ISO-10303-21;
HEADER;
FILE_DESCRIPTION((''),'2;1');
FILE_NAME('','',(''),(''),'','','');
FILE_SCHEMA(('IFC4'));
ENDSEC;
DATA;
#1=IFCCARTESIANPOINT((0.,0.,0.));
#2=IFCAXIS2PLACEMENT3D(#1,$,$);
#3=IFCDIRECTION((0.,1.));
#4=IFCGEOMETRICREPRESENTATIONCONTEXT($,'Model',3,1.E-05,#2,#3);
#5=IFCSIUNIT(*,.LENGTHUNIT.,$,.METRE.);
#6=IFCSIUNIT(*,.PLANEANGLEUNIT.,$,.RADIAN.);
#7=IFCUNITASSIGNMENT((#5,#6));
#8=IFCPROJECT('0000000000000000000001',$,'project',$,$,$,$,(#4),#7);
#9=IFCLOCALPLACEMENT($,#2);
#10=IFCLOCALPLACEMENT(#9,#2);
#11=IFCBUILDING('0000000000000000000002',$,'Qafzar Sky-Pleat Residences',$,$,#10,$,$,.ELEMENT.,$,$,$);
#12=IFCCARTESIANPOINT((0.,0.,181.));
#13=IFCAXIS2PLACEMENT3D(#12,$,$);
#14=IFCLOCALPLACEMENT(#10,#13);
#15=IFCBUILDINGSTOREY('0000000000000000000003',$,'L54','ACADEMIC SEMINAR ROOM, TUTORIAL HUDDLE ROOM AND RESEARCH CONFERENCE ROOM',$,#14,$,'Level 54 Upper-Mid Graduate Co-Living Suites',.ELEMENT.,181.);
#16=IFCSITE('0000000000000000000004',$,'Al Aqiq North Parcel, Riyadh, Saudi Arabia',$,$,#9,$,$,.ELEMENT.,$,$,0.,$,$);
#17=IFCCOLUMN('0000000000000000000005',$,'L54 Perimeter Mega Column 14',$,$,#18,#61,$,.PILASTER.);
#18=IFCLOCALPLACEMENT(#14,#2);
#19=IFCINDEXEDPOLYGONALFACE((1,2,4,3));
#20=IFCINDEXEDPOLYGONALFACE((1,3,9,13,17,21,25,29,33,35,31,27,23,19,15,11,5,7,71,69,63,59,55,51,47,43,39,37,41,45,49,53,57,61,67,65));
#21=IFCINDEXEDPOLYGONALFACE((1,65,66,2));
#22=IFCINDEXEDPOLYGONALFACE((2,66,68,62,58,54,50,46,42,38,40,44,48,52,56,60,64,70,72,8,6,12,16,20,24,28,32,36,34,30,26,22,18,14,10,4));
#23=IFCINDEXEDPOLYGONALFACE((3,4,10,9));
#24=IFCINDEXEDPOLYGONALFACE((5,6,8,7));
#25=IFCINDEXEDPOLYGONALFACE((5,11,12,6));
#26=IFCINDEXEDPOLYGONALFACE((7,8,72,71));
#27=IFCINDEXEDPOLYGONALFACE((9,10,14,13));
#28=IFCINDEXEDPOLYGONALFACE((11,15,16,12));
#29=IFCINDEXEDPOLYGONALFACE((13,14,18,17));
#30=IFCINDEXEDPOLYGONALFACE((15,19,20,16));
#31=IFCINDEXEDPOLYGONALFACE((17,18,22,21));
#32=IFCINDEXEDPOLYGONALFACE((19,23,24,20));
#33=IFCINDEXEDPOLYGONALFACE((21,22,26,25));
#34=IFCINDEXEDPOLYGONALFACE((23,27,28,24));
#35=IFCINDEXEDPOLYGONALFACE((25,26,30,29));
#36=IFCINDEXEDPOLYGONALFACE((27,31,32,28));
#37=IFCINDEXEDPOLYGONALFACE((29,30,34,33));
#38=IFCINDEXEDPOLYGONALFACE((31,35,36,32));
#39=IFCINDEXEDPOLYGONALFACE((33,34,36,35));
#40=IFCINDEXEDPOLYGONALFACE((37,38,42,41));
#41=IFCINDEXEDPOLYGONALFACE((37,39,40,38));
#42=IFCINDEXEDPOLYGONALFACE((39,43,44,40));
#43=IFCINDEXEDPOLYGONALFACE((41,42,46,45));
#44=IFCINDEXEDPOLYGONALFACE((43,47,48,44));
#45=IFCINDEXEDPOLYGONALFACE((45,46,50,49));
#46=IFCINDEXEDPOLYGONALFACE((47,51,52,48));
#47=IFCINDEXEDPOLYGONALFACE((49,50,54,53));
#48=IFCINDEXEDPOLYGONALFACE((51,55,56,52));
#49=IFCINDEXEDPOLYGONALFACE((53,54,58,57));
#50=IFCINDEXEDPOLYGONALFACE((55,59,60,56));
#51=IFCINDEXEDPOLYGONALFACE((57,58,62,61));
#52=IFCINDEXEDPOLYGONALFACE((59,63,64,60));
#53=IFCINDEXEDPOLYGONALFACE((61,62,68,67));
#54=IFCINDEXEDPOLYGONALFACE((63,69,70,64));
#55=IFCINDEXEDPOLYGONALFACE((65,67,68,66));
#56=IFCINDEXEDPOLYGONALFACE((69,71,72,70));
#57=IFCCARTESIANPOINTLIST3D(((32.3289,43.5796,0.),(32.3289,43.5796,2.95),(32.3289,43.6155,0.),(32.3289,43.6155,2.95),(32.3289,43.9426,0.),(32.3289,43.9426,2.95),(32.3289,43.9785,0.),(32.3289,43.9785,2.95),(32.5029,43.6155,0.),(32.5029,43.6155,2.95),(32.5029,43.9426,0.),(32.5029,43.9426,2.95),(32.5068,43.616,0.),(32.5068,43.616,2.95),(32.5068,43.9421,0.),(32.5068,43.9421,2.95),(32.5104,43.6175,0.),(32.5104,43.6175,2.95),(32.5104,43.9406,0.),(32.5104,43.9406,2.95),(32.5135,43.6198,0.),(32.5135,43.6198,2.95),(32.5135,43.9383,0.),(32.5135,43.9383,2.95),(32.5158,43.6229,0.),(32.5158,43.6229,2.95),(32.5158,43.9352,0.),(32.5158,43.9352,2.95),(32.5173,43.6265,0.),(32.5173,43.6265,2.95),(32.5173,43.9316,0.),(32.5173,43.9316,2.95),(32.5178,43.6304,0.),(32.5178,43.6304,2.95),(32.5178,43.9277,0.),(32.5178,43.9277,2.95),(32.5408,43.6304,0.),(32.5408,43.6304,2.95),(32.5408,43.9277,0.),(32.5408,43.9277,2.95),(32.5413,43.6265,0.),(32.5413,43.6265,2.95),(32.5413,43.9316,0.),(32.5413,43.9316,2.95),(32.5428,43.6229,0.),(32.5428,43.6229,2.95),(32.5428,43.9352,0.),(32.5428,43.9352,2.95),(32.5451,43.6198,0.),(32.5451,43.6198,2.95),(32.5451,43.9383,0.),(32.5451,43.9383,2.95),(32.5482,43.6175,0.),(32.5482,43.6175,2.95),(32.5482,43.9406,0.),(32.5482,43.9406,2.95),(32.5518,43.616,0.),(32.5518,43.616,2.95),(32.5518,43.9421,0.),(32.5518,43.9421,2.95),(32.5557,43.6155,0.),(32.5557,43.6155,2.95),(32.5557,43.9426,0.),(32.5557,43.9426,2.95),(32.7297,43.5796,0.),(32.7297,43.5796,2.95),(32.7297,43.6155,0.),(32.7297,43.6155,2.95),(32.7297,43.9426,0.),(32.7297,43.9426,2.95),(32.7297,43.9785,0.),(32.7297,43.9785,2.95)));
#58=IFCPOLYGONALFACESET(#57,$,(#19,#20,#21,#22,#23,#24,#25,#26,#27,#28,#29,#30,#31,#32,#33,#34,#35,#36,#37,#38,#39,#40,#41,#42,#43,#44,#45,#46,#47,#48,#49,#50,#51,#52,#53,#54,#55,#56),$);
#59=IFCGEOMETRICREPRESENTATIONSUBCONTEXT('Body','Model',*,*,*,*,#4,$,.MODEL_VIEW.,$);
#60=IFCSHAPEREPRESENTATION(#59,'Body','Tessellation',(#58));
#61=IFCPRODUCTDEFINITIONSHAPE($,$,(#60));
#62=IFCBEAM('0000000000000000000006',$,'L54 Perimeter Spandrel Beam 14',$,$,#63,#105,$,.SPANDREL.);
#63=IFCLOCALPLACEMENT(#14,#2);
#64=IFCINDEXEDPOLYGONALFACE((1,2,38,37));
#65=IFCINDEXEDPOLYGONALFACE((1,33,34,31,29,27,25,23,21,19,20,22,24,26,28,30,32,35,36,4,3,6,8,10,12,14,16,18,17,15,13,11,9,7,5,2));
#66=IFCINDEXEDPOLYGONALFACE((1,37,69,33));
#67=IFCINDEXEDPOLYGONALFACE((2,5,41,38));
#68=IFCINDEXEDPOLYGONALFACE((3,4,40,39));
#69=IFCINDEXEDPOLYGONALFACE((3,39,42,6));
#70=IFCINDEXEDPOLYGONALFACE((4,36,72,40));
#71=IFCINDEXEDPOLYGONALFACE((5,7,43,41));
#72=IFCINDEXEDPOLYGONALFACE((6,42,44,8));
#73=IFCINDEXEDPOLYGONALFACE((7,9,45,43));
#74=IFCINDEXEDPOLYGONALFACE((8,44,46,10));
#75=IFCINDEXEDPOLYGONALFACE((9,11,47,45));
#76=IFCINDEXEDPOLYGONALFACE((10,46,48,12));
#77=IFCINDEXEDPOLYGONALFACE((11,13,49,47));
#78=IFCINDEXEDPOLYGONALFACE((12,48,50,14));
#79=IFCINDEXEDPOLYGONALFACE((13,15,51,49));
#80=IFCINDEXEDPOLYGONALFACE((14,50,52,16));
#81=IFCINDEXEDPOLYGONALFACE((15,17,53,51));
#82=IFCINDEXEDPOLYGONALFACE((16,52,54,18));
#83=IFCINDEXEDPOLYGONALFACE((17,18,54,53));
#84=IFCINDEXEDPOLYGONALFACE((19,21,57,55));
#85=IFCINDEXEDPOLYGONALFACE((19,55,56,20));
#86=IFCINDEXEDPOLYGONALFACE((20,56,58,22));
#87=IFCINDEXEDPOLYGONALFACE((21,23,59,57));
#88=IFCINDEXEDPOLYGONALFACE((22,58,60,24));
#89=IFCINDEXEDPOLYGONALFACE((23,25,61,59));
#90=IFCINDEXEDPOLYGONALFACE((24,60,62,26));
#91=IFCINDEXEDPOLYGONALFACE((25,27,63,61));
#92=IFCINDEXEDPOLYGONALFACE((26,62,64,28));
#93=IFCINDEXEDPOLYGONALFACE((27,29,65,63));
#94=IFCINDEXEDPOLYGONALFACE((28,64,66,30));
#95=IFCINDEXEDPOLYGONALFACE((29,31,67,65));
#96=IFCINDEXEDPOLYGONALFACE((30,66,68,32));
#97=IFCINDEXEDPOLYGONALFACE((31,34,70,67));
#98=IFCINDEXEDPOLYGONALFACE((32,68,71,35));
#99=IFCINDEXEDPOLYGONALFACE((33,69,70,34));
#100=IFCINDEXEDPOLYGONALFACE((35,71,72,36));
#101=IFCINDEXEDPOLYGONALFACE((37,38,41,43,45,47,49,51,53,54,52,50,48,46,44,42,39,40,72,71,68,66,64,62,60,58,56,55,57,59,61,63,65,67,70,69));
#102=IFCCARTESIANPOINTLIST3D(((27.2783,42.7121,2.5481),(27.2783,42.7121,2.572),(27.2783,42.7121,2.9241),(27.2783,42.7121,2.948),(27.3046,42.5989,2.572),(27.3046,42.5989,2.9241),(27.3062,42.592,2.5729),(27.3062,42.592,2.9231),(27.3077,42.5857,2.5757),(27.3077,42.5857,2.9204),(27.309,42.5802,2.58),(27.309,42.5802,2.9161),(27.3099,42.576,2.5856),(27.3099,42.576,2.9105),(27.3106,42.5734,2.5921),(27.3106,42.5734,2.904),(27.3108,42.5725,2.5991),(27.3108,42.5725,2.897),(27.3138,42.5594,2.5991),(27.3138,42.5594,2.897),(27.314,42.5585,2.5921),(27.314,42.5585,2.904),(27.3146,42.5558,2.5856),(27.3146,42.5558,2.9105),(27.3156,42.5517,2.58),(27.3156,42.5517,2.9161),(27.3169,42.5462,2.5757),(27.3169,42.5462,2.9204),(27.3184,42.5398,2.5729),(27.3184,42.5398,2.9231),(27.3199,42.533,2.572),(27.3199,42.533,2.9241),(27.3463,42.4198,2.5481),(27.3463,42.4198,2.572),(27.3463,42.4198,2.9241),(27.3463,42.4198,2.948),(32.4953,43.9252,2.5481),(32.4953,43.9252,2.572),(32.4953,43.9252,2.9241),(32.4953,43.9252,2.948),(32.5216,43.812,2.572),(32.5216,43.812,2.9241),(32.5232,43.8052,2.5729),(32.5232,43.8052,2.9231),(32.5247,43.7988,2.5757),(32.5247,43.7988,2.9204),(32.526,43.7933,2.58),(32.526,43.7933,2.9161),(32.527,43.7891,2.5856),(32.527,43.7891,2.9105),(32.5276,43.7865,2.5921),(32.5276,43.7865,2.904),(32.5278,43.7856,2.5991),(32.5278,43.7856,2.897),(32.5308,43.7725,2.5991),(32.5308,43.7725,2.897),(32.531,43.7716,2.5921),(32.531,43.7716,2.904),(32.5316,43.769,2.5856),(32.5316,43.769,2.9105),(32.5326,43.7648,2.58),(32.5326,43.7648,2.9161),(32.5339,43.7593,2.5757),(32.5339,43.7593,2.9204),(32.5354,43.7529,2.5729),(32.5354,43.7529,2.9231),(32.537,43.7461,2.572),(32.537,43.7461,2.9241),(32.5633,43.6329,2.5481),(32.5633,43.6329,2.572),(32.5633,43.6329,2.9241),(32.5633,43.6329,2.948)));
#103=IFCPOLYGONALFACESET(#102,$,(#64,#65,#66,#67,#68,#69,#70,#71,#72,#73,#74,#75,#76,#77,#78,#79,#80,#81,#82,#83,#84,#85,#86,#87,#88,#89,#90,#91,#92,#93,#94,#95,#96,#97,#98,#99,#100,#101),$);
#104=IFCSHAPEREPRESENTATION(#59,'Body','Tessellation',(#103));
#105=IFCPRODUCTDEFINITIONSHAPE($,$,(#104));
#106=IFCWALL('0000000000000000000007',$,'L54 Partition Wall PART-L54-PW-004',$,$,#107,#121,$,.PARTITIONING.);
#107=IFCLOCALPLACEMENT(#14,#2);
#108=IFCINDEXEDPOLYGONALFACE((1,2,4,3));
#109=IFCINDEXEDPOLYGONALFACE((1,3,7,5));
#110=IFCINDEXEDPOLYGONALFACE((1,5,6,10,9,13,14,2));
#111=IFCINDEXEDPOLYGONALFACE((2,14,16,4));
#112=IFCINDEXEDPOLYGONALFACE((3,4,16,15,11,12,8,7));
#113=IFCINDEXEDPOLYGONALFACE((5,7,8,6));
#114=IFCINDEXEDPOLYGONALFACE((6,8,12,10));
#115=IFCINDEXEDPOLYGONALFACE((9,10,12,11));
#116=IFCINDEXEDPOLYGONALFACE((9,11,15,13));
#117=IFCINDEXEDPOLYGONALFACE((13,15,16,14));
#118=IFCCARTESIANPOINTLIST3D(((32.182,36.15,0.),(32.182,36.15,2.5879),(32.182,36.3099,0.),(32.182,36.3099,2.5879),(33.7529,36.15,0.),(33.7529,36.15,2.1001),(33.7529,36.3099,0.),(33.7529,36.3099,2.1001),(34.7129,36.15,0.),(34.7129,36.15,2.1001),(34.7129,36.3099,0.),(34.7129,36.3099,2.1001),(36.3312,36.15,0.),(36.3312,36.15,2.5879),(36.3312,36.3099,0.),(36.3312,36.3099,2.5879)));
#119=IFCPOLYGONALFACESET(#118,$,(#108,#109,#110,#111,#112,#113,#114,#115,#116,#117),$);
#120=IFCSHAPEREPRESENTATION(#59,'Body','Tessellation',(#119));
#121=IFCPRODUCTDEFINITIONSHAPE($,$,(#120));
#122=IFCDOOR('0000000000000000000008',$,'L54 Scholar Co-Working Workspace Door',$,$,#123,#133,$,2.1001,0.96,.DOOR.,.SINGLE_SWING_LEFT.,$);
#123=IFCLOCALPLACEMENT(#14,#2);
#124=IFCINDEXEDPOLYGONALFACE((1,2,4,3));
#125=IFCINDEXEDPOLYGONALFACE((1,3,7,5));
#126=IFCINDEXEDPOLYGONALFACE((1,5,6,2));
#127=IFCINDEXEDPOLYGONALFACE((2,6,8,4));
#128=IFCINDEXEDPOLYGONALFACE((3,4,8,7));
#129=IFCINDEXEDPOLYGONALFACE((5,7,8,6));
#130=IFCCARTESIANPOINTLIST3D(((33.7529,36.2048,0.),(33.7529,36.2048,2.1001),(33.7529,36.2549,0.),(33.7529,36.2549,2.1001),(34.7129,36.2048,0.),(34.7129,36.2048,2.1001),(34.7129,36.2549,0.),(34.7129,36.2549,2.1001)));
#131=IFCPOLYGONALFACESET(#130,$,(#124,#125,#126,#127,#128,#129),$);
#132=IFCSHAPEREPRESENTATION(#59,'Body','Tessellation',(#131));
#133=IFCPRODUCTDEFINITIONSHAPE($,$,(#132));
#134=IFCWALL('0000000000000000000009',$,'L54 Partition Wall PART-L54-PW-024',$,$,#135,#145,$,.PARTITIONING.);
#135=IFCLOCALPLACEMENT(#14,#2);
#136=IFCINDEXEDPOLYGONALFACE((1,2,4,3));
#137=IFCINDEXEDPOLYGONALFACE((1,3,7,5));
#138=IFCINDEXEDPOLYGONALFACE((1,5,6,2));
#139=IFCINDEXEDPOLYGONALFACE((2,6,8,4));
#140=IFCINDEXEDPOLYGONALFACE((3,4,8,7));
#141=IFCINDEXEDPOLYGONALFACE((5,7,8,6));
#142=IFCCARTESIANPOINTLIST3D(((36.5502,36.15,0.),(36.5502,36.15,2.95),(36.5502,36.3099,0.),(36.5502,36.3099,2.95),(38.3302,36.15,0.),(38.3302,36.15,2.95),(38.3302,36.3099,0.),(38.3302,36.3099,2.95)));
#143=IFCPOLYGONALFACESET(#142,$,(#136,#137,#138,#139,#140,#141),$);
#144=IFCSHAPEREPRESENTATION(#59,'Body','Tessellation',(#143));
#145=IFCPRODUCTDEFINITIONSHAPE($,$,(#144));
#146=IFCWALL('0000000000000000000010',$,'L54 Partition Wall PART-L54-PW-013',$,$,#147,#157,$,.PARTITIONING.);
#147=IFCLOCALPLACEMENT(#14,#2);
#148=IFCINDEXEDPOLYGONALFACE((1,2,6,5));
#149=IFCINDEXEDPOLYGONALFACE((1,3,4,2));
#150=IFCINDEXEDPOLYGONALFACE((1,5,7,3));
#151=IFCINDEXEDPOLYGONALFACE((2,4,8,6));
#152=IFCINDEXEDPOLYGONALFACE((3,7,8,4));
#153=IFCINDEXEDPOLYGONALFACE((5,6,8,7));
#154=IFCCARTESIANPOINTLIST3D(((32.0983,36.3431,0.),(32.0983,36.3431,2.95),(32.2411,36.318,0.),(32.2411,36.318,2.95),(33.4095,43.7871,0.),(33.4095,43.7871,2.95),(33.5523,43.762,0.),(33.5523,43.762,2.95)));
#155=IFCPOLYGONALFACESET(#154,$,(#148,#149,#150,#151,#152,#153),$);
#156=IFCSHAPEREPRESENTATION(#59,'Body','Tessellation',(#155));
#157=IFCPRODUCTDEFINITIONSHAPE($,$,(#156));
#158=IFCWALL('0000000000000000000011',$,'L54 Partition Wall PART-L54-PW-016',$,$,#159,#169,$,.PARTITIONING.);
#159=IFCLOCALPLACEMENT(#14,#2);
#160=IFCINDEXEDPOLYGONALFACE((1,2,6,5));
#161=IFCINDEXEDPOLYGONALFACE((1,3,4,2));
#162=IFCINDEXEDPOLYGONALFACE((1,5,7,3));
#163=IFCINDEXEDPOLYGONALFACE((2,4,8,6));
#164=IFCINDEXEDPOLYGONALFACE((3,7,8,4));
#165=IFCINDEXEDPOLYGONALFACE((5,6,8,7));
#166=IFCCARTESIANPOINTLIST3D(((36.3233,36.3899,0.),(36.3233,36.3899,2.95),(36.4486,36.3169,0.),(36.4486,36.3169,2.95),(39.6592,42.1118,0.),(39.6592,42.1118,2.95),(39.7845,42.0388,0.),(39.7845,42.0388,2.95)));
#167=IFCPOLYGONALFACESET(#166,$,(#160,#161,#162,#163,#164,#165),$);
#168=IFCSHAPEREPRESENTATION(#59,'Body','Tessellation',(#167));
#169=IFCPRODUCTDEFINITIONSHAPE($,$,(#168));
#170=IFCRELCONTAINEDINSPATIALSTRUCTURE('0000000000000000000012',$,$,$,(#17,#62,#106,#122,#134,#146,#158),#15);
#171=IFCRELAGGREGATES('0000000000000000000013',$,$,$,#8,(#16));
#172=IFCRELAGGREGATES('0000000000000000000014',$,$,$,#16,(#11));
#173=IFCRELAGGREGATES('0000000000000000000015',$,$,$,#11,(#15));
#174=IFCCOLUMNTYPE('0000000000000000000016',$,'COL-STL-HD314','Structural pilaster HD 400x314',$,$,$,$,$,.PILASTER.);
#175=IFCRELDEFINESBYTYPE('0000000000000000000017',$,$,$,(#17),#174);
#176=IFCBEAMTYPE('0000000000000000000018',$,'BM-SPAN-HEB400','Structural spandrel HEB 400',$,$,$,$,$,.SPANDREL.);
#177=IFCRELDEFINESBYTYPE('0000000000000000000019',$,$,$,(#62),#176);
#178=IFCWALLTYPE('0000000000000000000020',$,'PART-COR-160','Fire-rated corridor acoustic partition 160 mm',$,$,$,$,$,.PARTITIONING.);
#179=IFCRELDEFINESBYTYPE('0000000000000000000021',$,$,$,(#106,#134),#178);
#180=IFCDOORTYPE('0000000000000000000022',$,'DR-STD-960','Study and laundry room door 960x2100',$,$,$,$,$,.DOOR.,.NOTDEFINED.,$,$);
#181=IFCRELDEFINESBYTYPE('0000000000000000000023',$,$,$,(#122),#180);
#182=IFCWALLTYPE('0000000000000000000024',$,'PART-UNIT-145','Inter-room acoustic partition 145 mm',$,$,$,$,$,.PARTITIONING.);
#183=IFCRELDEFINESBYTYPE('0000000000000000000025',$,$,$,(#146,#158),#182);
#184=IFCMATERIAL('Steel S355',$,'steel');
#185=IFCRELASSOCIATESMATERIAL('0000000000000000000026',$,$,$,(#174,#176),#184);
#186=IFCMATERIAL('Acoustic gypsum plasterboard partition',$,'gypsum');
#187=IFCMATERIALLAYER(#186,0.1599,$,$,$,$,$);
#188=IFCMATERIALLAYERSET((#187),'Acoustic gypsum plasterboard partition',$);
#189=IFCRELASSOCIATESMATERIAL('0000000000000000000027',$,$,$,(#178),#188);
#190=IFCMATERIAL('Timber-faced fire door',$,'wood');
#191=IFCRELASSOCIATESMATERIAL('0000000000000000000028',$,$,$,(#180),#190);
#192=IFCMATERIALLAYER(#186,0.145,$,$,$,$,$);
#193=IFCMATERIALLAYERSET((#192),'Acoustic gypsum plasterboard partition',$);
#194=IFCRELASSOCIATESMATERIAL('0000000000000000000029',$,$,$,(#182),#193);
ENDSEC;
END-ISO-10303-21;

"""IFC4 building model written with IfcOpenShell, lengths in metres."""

from ifc_helpers import new_model, si_unit, direction, frame, frame_2d, origin, origin_2d, place, context, subcontext, project, spatial, rectangle, i_section, extrude, source, transform, mapped, material, layer, layer_set, material_profile, profile_set, type_object, element, fill, save


model = new_model("IFC4")

# Units and contexts
model_context = context("Model", 3, precision=1e-05, world=origin(), true_north=direction((0.0, 1.0)))
body_context = subcontext(model_context, "Body", "Model", "MODEL_VIEW")
ifc_project = project(units=[si_unit("LENGTHUNIT", "METRE"), si_unit("PLANEANGLEUNIT", "RADIAN")], contexts=[model_context])

# Site, building, storey
site_placement = place(None, origin())
site = spatial("IfcSite", under=ifc_project, at=site_placement, Name="Al Aqiq North Parcel, Riyadh, Saudi Arabia", CompositionType="ELEMENT", RefElevation=0.0)
building_placement = place(site_placement, origin())
building = spatial("IfcBuilding", under=site, at=building_placement, Name="Qafzar Sky-Pleat Residences", CompositionType="ELEMENT")
storey_placement = place(building_placement, frame((0.0, 0.0, 181.0)))
storey = spatial("IfcBuildingStorey", under=building, at=storey_placement, Name="L54", Description="ACADEMIC SEMINAR ROOM, TUTORIAL HUDDLE ROOM AND RESEARCH CONFERENCE ROOM", LongName="Level 54 Upper-Mid Graduate Co-Living Suites", CompositionType="ELEMENT", Elevation=181.0)

# Column
ifc_material_1 = material(Name="Steel S355", Category="steel")
ifc_material_profile_1 = material_profile(ifc_material_1, i_section(OverallWidth=0.4009, OverallDepth=0.3989, WebThickness=0.0229, FlangeThickness=0.0359, FilletRadius=0.0149, at=origin_2d()), Name="HD 400x314")
ifc_profile_set_1 = profile_set([ifc_material_profile_1], Name="Steel S355")
column_type = type_object("IfcColumnType", Name="COL-STL-HD314", Description="Structural pilaster HD 400x314", PredefinedType="PILASTER", material=ifc_profile_set_1)
shared_shape_1 = source(origin(), body_context, "Body", "SweptSolid", [
    extrude(i_section(OverallWidth=0.4009, OverallDepth=0.3989, WebThickness=0.0229, FlangeThickness=0.0359, FilletRadius=0.0149, at=origin_2d()), origin(), (0.0, 0.0, 1.0), 2.95),
])
column_placement = place(storey_placement, frame((32.5293, 43.7791, 0.0), z_axis=(0.0, 0.0, 1.0), x_axis=(1.0, 0.0, 0.0)))
element("IfcColumn", 1, at=column_placement, inside=storey, type_object=column_type, Name="L54 Perimeter Mega Column 14", PredefinedType="PILASTER", context=body_context, shape_type="MappedRepresentation", body=[
    mapped(shared_shape_1, transform((0.0, 0.0, 0.0), x_axis=(1.0, 0.0, 0.0), y_axis=(0.0, 1.0, 0.0), z_axis=(0.0, 0.0, 1.0), scale=1.0)),
])

# Beam
ifc_material_profile_2 = material_profile(ifc_material_1, i_section(OverallWidth=0.3, OverallDepth=0.3999, WebThickness=0.0134, FlangeThickness=0.0239, FilletRadius=0.0271, at=origin_2d()), Name="HEB 400")
ifc_profile_set_2 = profile_set([ifc_material_profile_2], Name="Steel S355")
beam_type = type_object("IfcBeamType", Name="BM-SPAN-HEB400", Description="Structural spandrel HEB 400", PredefinedType="SPANDREL", material=ifc_profile_set_2)
shared_shape_2 = source(origin(), body_context, "Body", "SweptSolid", [
    extrude(i_section(OverallWidth=0.3, OverallDepth=0.3999, WebThickness=0.0134, FlangeThickness=0.0239, FilletRadius=0.0271, at=origin_2d()), origin(), (0.0, 0.0, 1.0), 5.3562),
])
beam_placement = place(storey_placement, frame((32.5293, 43.7791, 2.748), z_axis=(-0.974013, -0.22649, 0.0), x_axis=(0.22649, -0.974013, 0.0)))
element("IfcBeam", 2, at=beam_placement, inside=storey, type_object=beam_type, Name="L54 Perimeter Spandrel Beam 14", PredefinedType="SPANDREL", context=body_context, shape_type="MappedRepresentation", body=[
    mapped(shared_shape_2, transform((0.0, 0.0, 0.0), x_axis=(1.0, 0.0, 0.0), y_axis=(0.0, 1.0, 0.0), z_axis=(0.0, 0.0, 1.0), scale=1.0)),
])

# Wall, opening, door
ifc_material_2 = material(Name="Acoustic gypsum plasterboard partition", Category="gypsum")
ifc_layer_1 = layer(ifc_material_2, 0.1599)
ifc_layer_set_1 = layer_set([ifc_layer_1], Name="Acoustic gypsum plasterboard partition")
wall_type_1 = type_object("IfcWallType", Name="PART-COR-160", Description="Fire-rated corridor acoustic partition 160 mm", PredefinedType="PARTITIONING", material=ifc_layer_set_1)
wall_1_placement = place(storey_placement, frame((32.1819, 36.23, 0.0), z_axis=(0.0, 0.0, 1.0), x_axis=(1.0, 0.0, 0.0)))
wall_1 = element("IfcWall", 3, at=wall_1_placement, inside=storey, type_object=wall_type_1, Name="L54 Partition Wall PART-L54-PW-004", PredefinedType="PARTITIONING", context=body_context, shape_type="SweptSolid", body=[
    extrude(rectangle(XDim=4.1492, YDim=0.1599, at=frame_2d((2.0747, 0.0))), origin(), (0.0, 0.0, 1.0), 2.5879),
])
opening_1_placement = place(wall_1_placement, frame((1.571, 0.0, 0.0)))
opening_1 = element("IfcOpeningElement", 4, at=opening_1_placement, cuts=wall_1, PredefinedType="OPENING", context=body_context, shape_type="SweptSolid", body=[
    extrude(rectangle(XDim=0.96, YDim=2.1001, at=frame_2d((0.48, 1.05))), frame((0.0, 0.0898, 0.0), z_axis=(0.0, -1.0, 0.0), x_axis=(1.0, 0.0, 0.0)), (0.0, 0.0, 1.0), 0.1799),
])
ifc_material_3 = material(Name="Timber-faced fire door", Category="wood")
door_type_1 = type_object("IfcDoorType", Name="DR-STD-960", Description="Study and laundry room door 960x2100", OperationType="NOTDEFINED", PredefinedType="DOOR", material=ifc_material_3)
shared_shape_3 = source(origin(), body_context, "Body", "SweptSolid", [
    extrude(rectangle(XDim=0.96, YDim=2.1001, at=frame_2d((0.48, 1.05))), frame((0.0, 0.0249, 0.0), z_axis=(0.0, -1.0, 0.0), x_axis=(1.0, 0.0, 0.0)), (0.0, 0.0, 1.0), 0.05),
])
door_1_placement = place(opening_1_placement, origin())
door_1 = element("IfcDoor", 5, at=door_1_placement, inside=storey, type_object=door_type_1, Name="L54 Scholar Co-Working Workspace Door", OperationType="SINGLE_SWING_LEFT", OverallHeight=2.1001, OverallWidth=0.96, PredefinedType="DOOR", context=body_context, shape_type="MappedRepresentation", body=[
    mapped(shared_shape_3, transform((0.0, 0.0, 0.0), x_axis=(1.0, 0.0, 0.0), y_axis=(0.0, 1.0, 0.0), z_axis=(0.0, 0.0, 1.0), scale=1.0)),
])
fill(opening_1, door_1)

# Walls
wall_2_placement = place(storey_placement, frame((36.55, 36.23, 0.0), z_axis=(0.0, 0.0, 1.0), x_axis=(1.0, 0.0, 0.0)))
element("IfcWall", 6, at=wall_2_placement, inside=storey, type_object=wall_type_1, Name="L54 Partition Wall PART-L54-PW-024", PredefinedType="PARTITIONING", context=body_context, shape_type="SweptSolid", body=[
    extrude(rectangle(XDim=1.78, YDim=0.1599, at=frame_2d((0.8901, 0.0))), origin(), (0.0, 0.0, 1.0), 2.95),
])
ifc_layer_2 = layer(ifc_material_2, 0.145)
ifc_layer_set_2 = layer_set([ifc_layer_2], Name="Acoustic gypsum plasterboard partition")
wall_type_2 = type_object("IfcWallType", Name="PART-UNIT-145", Description="Inter-room acoustic partition 145 mm", PredefinedType="PARTITIONING", material=ifc_layer_set_2)
wall_3_placement = place(storey_placement, frame((32.1697, 36.3306, 0.0), z_axis=(0.0, 0.0, 1.0), x_axis=(0.173479, 0.984837, 0.0)))
element("IfcWall", 7, at=wall_3_placement, inside=storey, type_object=wall_type_2, Name="L54 Partition Wall PART-L54-PW-013", PredefinedType="PARTITIONING", context=body_context, shape_type="SweptSolid", body=[
    extrude(rectangle(XDim=7.5586, YDim=0.145, at=frame_2d((3.7793, 0.0))), origin(), (0.0, 0.0, 1.0), 2.95),
])
wall_4_placement = place(storey_placement, frame((36.386, 36.3535, 0.0), z_axis=(0.0, 0.0, 1.0), x_axis=(0.503662, 0.863901, 0.0)))
element("IfcWall", 8, at=wall_4_placement, inside=storey, type_object=wall_type_2, Name="L54 Partition Wall PART-L54-PW-016", PredefinedType="PARTITIONING", context=body_context, shape_type="SweptSolid", body=[
    extrude(rectangle(XDim=6.6233, YDim=0.145, at=frame_2d((3.3115, 0.0))), origin(), (0.0, 0.0, 1.0), 2.95),
])

save(model, "model.ifc")
